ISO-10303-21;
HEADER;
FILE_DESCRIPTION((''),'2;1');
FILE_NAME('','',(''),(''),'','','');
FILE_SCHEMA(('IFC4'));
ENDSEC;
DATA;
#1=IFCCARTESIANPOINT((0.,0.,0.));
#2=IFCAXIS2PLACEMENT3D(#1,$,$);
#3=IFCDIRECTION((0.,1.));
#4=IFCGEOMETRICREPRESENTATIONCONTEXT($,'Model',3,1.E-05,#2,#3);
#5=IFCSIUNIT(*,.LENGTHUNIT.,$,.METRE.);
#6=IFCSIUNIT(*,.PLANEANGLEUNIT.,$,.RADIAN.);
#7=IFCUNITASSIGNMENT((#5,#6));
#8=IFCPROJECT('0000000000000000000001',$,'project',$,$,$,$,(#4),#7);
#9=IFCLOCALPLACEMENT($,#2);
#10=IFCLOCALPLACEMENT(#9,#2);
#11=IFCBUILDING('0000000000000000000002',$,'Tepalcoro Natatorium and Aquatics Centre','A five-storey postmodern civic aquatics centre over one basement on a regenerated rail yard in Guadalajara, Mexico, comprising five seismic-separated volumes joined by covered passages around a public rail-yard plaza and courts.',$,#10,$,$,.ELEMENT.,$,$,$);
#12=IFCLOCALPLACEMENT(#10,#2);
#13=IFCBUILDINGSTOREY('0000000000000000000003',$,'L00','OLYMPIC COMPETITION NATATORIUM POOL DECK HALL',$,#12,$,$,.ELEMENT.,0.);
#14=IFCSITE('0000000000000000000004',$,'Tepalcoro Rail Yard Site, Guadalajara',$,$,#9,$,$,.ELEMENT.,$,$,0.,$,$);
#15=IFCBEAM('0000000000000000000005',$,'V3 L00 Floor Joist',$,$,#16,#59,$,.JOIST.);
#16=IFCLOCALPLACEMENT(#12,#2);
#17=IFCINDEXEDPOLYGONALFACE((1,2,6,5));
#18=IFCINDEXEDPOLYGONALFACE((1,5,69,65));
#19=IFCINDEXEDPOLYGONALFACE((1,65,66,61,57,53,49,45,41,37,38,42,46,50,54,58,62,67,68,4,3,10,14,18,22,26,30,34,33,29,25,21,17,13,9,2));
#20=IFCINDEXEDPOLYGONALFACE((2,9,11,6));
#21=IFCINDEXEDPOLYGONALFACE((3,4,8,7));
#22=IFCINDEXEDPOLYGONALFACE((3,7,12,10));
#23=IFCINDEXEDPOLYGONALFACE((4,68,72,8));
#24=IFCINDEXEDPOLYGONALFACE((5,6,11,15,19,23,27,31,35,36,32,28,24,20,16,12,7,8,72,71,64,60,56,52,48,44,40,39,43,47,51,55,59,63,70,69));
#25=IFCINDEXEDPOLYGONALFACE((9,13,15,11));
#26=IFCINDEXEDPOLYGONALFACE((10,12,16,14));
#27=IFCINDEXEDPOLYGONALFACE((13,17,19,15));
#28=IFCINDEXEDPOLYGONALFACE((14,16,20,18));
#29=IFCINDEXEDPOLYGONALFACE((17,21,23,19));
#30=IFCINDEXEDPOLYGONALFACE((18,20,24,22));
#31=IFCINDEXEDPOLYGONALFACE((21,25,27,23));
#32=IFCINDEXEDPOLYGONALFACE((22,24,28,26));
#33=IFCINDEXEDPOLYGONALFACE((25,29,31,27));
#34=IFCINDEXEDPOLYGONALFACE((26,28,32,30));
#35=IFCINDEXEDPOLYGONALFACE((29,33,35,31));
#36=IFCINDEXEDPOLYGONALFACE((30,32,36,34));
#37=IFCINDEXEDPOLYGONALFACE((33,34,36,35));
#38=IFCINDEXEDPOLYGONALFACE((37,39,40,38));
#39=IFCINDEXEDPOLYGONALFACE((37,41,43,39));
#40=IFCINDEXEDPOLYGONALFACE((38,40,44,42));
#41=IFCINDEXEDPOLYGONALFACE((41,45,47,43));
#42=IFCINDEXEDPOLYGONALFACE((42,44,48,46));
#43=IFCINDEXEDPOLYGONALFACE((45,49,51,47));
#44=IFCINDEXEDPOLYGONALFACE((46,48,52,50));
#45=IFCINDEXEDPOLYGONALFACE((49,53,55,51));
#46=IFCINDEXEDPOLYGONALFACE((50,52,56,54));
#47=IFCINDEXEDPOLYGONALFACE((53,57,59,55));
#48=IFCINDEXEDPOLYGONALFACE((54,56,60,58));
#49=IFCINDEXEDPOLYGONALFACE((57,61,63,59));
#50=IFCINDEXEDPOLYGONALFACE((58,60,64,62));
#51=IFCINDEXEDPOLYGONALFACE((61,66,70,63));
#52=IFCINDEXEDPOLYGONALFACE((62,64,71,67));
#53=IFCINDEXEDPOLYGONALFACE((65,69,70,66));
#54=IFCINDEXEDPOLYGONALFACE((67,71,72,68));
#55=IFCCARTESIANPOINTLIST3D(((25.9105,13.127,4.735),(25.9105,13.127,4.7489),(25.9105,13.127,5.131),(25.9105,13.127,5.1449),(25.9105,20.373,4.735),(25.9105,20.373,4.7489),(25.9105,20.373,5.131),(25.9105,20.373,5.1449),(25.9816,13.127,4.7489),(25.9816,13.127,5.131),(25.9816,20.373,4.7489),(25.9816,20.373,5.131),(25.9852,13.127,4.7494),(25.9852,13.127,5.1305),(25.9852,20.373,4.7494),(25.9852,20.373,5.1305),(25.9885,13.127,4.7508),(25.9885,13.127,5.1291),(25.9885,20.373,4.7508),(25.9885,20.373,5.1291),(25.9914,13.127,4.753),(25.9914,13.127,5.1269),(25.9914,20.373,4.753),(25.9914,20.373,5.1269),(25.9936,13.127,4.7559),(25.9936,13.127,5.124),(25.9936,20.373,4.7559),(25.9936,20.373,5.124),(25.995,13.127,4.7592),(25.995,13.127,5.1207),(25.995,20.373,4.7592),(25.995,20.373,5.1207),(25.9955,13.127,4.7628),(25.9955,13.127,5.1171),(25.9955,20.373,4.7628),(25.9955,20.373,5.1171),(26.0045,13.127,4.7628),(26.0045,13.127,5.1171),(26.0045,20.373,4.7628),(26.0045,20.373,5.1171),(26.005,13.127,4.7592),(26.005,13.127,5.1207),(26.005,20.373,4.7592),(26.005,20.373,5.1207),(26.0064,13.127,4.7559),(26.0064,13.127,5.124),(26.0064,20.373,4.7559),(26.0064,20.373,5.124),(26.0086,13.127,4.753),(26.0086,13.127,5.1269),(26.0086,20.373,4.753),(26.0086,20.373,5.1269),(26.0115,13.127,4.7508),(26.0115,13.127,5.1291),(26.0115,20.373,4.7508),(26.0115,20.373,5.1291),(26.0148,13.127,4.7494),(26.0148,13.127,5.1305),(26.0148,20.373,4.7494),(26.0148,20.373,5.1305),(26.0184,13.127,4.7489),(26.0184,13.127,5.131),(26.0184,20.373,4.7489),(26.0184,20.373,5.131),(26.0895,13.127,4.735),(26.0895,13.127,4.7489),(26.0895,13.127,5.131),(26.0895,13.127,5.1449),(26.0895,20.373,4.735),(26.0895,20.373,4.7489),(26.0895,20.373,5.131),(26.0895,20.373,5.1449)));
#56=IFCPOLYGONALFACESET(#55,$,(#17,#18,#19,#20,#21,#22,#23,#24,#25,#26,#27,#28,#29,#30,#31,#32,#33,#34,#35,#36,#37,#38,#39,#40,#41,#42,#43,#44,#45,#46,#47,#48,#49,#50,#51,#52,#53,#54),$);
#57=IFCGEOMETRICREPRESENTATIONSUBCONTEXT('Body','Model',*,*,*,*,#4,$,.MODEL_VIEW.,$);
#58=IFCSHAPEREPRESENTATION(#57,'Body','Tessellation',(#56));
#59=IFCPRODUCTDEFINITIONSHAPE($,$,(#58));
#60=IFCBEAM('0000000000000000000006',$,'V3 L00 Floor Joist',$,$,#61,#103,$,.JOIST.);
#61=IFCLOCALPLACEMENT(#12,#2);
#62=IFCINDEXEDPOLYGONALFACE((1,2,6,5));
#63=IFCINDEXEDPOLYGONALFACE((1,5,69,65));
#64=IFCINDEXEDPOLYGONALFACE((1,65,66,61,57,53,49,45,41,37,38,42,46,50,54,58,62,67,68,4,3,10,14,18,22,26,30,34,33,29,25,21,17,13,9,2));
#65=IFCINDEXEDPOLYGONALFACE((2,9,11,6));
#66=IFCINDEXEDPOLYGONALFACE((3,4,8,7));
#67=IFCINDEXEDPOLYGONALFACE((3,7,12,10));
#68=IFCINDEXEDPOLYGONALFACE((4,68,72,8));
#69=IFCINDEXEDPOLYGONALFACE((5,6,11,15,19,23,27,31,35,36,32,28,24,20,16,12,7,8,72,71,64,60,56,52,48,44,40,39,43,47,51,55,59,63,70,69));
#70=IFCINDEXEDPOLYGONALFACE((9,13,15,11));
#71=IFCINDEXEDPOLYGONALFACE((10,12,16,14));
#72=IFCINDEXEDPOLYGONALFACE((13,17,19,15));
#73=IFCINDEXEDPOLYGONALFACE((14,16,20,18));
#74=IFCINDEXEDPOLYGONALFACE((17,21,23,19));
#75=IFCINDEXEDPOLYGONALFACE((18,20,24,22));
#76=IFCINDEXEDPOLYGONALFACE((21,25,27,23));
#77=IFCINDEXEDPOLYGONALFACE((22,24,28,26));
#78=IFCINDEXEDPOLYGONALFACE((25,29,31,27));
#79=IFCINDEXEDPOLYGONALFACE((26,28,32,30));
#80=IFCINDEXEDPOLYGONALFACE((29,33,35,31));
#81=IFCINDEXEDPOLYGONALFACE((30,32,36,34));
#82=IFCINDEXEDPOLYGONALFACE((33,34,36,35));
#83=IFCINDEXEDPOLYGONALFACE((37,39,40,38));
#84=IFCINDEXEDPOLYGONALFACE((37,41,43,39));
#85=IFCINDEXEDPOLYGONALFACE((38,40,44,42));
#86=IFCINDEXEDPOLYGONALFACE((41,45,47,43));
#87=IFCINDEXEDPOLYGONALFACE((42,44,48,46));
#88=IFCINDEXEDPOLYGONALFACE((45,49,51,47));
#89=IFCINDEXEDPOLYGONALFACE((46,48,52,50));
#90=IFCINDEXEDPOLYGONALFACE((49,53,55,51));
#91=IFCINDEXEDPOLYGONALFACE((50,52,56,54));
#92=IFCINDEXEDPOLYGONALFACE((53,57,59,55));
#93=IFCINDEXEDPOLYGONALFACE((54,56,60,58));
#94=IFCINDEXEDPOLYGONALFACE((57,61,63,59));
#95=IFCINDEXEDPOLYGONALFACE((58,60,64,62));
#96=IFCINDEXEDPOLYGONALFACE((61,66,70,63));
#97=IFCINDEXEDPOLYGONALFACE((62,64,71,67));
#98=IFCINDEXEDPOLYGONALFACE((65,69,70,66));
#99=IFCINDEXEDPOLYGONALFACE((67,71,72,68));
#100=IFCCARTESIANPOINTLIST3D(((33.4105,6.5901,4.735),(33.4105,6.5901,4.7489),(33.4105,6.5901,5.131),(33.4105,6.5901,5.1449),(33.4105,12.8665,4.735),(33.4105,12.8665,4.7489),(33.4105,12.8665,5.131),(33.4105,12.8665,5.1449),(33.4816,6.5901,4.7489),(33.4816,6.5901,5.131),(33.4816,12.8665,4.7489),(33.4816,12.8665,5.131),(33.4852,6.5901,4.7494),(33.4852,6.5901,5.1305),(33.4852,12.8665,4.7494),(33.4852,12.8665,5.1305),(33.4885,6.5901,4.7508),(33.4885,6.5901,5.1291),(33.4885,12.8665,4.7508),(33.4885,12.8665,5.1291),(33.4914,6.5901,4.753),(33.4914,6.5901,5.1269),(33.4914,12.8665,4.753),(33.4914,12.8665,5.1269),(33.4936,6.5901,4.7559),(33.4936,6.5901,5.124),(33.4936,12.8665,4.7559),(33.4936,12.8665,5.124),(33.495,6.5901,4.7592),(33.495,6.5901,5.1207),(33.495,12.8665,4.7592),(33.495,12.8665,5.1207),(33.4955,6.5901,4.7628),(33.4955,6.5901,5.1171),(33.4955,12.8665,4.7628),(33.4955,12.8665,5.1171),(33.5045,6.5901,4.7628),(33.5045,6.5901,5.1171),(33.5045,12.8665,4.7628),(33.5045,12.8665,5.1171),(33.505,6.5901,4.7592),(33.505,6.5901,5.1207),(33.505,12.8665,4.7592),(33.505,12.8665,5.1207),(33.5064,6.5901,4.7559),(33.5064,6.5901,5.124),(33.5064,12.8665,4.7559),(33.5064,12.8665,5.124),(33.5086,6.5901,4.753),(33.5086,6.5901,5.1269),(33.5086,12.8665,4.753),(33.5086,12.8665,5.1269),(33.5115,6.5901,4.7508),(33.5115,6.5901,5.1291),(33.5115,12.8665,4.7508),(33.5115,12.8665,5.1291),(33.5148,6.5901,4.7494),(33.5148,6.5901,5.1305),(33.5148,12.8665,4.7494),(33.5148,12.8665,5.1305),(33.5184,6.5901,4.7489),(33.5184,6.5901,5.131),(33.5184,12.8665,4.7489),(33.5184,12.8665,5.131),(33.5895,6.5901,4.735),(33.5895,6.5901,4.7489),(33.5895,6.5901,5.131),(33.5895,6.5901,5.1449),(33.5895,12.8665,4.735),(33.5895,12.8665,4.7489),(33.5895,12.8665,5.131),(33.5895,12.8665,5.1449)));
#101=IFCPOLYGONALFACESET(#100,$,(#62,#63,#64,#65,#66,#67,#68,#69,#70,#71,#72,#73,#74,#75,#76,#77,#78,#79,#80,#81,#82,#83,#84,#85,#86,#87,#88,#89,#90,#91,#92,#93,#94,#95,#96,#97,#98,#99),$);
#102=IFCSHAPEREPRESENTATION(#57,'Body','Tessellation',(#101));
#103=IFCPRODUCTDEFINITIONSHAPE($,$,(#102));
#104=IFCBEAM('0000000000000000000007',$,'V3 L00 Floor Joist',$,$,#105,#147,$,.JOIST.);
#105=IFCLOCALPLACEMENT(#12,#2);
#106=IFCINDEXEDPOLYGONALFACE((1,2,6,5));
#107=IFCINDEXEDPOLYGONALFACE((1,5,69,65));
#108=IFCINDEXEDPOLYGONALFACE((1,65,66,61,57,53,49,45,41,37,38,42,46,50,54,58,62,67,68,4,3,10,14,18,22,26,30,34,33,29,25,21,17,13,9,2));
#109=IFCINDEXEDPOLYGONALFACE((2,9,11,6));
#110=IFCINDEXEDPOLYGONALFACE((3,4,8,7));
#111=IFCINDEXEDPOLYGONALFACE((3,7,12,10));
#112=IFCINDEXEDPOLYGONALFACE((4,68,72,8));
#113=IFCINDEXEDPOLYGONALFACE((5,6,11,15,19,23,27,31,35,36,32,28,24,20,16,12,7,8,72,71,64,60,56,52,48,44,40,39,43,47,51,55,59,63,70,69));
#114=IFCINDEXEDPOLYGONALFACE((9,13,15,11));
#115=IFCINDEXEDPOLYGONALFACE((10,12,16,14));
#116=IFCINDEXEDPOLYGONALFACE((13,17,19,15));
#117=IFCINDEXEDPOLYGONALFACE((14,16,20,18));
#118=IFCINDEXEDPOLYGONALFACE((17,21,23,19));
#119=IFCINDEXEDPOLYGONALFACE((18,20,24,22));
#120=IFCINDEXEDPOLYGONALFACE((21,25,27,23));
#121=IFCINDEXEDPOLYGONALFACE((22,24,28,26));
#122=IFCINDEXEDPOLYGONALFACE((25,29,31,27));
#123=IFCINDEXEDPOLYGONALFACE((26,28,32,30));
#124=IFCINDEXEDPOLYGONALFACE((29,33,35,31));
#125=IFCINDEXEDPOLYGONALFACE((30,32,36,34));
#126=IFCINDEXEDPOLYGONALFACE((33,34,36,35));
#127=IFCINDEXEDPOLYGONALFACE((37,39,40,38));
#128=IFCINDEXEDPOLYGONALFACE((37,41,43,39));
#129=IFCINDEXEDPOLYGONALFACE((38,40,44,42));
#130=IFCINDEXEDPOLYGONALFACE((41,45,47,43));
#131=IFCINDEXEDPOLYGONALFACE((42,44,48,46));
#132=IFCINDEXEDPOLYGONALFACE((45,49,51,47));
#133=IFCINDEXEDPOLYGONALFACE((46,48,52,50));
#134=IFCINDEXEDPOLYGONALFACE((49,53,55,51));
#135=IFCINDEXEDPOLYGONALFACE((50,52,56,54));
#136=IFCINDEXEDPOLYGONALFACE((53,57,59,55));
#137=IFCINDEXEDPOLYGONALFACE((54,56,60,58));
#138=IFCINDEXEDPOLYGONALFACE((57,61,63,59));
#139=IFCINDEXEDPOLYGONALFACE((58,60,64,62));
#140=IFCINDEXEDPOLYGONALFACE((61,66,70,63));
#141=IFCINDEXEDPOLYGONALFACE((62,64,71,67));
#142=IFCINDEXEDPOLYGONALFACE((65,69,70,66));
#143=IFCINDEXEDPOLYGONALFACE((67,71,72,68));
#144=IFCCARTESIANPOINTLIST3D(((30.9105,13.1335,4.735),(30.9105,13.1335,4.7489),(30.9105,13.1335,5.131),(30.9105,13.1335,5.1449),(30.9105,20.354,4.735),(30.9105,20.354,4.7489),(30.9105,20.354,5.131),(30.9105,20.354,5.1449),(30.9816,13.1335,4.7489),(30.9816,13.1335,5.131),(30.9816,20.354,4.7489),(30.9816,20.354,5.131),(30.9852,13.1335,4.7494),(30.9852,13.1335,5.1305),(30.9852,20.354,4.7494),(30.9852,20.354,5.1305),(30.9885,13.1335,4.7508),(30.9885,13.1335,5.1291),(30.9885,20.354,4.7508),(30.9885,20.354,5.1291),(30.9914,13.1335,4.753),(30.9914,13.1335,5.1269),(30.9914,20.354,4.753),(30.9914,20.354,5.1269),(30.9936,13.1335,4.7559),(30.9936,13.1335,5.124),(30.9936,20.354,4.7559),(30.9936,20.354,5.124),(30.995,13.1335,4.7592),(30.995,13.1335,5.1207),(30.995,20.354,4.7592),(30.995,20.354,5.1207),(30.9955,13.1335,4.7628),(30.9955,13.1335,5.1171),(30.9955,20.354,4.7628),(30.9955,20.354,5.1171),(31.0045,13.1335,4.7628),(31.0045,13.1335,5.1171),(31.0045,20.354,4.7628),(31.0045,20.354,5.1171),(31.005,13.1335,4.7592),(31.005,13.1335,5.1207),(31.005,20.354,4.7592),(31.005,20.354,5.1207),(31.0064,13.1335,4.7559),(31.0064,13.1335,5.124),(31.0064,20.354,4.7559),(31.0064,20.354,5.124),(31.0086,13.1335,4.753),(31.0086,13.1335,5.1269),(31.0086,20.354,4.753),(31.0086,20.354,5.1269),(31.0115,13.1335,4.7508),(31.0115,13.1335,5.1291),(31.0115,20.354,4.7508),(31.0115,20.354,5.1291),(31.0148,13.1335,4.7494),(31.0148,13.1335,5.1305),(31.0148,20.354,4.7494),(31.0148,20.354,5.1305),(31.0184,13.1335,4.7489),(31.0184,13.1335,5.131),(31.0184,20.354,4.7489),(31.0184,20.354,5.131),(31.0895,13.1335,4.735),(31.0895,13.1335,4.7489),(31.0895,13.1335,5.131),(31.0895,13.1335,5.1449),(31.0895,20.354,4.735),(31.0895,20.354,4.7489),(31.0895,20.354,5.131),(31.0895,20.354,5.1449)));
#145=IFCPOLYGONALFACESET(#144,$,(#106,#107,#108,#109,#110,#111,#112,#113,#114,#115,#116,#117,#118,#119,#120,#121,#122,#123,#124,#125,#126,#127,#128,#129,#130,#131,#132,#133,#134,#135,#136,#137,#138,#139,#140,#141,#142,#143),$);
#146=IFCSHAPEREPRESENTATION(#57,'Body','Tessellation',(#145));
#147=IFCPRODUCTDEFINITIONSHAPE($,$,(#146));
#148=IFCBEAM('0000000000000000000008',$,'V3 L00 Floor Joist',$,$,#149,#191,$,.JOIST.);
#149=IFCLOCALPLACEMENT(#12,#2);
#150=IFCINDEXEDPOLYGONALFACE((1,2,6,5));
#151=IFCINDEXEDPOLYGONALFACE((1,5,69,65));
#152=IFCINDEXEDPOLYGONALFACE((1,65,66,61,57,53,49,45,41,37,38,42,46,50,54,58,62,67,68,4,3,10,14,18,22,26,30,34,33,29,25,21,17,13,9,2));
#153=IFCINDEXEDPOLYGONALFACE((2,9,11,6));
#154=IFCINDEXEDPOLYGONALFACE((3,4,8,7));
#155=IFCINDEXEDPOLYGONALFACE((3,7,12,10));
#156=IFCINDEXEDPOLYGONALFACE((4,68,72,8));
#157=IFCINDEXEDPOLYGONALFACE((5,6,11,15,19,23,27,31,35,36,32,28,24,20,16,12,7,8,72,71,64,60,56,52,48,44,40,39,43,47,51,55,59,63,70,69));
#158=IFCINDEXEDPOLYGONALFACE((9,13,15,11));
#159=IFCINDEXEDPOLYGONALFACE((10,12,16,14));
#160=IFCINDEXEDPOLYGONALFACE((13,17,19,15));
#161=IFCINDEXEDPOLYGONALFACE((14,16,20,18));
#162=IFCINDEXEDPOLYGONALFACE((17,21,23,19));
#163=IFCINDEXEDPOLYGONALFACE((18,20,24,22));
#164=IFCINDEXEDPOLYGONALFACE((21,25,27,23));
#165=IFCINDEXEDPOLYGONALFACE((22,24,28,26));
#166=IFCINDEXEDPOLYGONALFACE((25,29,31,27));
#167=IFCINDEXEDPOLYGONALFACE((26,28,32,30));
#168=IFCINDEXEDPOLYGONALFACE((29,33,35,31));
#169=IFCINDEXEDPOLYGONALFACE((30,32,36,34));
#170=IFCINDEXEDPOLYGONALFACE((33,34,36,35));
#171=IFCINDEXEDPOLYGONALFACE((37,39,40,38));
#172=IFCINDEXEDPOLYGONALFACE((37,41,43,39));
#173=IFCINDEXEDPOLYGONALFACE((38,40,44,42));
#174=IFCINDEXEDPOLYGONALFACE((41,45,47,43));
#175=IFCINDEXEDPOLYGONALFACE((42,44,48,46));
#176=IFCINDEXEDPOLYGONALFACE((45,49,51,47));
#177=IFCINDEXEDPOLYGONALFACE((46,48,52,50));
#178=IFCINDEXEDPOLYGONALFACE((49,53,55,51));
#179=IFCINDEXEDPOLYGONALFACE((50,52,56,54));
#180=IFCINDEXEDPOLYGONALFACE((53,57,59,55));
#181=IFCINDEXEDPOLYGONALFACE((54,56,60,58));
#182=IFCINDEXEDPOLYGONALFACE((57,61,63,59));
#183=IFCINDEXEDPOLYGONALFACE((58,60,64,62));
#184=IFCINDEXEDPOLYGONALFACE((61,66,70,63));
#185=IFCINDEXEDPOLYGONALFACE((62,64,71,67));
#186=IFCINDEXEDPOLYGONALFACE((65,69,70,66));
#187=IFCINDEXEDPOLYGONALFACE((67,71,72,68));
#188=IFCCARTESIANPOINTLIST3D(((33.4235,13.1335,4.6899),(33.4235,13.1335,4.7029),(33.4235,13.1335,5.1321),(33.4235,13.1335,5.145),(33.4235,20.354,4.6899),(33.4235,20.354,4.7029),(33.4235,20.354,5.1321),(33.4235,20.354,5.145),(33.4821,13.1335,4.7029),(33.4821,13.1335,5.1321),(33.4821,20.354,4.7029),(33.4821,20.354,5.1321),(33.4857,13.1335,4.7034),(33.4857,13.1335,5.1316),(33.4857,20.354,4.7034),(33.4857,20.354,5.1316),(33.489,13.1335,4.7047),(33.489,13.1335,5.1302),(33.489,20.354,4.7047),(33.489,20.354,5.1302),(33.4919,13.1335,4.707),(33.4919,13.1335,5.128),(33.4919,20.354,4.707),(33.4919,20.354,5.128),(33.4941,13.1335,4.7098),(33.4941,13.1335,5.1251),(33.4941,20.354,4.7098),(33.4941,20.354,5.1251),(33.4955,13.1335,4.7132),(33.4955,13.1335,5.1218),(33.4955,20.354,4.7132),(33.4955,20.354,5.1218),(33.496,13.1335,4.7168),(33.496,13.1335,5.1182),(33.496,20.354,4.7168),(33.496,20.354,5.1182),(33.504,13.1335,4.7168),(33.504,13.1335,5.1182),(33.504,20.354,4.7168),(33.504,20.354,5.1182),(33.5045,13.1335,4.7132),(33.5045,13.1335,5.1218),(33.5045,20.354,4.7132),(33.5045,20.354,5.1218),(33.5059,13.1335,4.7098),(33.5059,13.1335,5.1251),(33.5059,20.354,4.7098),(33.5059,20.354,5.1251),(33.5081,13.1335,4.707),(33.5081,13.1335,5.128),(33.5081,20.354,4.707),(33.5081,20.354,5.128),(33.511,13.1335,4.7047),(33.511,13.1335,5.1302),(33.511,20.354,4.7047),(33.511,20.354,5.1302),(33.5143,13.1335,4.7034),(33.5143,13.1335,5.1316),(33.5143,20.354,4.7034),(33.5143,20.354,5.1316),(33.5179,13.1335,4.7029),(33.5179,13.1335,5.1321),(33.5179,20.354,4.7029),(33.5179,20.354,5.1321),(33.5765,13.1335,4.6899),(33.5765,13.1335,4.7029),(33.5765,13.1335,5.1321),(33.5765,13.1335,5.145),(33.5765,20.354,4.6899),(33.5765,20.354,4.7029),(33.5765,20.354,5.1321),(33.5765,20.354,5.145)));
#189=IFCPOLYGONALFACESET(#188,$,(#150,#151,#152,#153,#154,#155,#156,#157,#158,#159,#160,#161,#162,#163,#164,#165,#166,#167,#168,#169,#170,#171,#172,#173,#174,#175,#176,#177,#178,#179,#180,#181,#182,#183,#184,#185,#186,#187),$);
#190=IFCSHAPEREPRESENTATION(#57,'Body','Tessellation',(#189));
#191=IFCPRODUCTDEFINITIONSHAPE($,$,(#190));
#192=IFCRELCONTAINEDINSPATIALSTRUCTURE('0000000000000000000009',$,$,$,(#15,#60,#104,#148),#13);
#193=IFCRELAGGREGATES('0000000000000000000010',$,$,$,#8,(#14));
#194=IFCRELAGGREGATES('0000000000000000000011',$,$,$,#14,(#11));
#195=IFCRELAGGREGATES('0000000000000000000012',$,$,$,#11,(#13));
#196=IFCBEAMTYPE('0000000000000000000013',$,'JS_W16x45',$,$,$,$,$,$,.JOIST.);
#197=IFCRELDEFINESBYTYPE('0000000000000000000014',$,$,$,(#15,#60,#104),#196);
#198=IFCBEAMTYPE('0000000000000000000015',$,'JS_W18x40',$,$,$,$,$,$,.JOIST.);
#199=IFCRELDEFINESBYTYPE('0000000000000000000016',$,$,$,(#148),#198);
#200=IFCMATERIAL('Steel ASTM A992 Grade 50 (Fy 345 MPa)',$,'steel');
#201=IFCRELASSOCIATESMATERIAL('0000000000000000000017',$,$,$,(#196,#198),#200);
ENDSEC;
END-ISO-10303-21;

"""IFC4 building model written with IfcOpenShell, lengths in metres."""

from ifc_helpers import new_model, si_unit, direction, frame, origin, origin_2d, place, context, subcontext, project, spatial, i_section, extrude, material, material_profile, profile_set, type_object, element, save


model = new_model("IFC4")

# Units and contexts
model_context = context("Model", 3, precision=1e-05, world=origin(), true_north=direction((0.0, 1.0)))
body_context = subcontext(model_context, "Body", "Model", "MODEL_VIEW")
ifc_project = project(units=[si_unit("LENGTHUNIT", "METRE"), si_unit("PLANEANGLEUNIT", "RADIAN")], contexts=[model_context])

# Site, building, storey
site_placement = place(None, origin())
site = spatial("IfcSite", under=ifc_project, at=site_placement, Name="Tepalcoro Rail Yard Site, Guadalajara", CompositionType="ELEMENT", RefElevation=0.0)
building_placement = place(site_placement, origin())
building = spatial("IfcBuilding", under=site, at=building_placement, Name="Tepalcoro Natatorium and Aquatics Centre", Description="A five-storey postmodern civic aquatics centre over one basement on a regenerated rail yard in Guadalajara, Mexico, comprising five seismic-separated volumes joined by covered passages around a public rail-yard plaza and courts.", CompositionType="ELEMENT")
storey_placement = place(building_placement, origin())
storey = spatial("IfcBuildingStorey", under=building, at=storey_placement, Name="L00", Description="OLYMPIC COMPETITION NATATORIUM POOL DECK HALL", CompositionType="ELEMENT", Elevation=0.0)

# Shared definitions
ifc_material_1 = material(Name="Steel ASTM A992 Grade 50 (Fy 345 MPa)", Category="steel")

# Beams
ifc_material_profile_1 = material_profile(ifc_material_1, i_section(OverallWidth=0.179, OverallDepth=0.4099, WebThickness=0.009, FlangeThickness=0.0139, FilletRadius=0.0139, at=origin_2d()), Name="W16X45")
ifc_profile_set_1 = profile_set([ifc_material_profile_1], Name="Steel ASTM A992 Grade 50 (Fy 345 MPa)")
beam_type_1 = type_object("IfcBeamType", Name="JS_W16x45", PredefinedType="JOIST", material=ifc_profile_set_1)
beam_1_placement = place(storey_placement, frame((26.0, 13.127, 4.9399), z_axis=(0.0, 1.0, 0.0), x_axis=(-1.0, 0.0, 0.0)))
element("IfcBeam", 1, at=beam_1_placement, inside=storey, type_object=beam_type_1, Name="V3 L00 Floor Joist", PredefinedType="JOIST", context=body_context, shape_type="SweptSolid", body=[
    extrude(i_section(OverallWidth=0.179, OverallDepth=0.4099, WebThickness=0.009, FlangeThickness=0.0139, FilletRadius=0.0139, at=origin_2d()), origin(), (0.0, 0.0, 1.0), 7.2461),
])
beam_2_placement = place(storey_placement, frame((33.5, 6.5901, 4.9399), z_axis=(0.0, 1.0, 0.0), x_axis=(-1.0, 0.0, 0.0)))
element("IfcBeam", 2, at=beam_2_placement, inside=storey, type_object=beam_type_1, Name="V3 L00 Floor Joist", PredefinedType="JOIST", context=body_context, shape_type="SweptSolid", body=[
    extrude(i_section(OverallWidth=0.179, OverallDepth=0.4099, WebThickness=0.009, FlangeThickness=0.0139, FilletRadius=0.0139, at=origin_2d()), origin(), (0.0, 0.0, 1.0), 6.2764),
])
beam_3_placement = place(storey_placement, frame((31.0, 13.1335, 4.9399), z_axis=(0.0, 1.0, 0.0), x_axis=(-1.0, 0.0, 0.0)))
element("IfcBeam", 3, at=beam_3_placement, inside=storey, type_object=beam_type_1, Name="V3 L00 Floor Joist", PredefinedType="JOIST", context=body_context, shape_type="SweptSolid", body=[
    extrude(i_section(OverallWidth=0.179, OverallDepth=0.4099, WebThickness=0.009, FlangeThickness=0.0139, FilletRadius=0.0139, at=origin_2d()), origin(), (0.0, 0.0, 1.0), 7.2205),
])
ifc_material_profile_2 = material_profile(ifc_material_1, i_section(OverallWidth=0.1531, OverallDepth=0.4551, WebThickness=0.0081, FlangeThickness=0.0129, FilletRadius=0.0139, at=origin_2d()), Name="W18X40")
ifc_profile_set_2 = profile_set([ifc_material_profile_2], Name="Steel ASTM A992 Grade 50 (Fy 345 MPa)")
beam_type_2 = type_object("IfcBeamType", Name="JS_W18x40", PredefinedType="JOIST", material=ifc_profile_set_2)
beam_4_placement = place(storey_placement, frame((33.5, 13.1335, 4.9175), z_axis=(0.0, 1.0, 0.0), x_axis=(-1.0, 0.0, 0.0)))
element("IfcBeam", 4, at=beam_4_placement, inside=storey, type_object=beam_type_2, Name="V3 L00 Floor Joist", PredefinedType="JOIST", context=body_context, shape_type="SweptSolid", body=[
    extrude(i_section(OverallWidth=0.1531, OverallDepth=0.4551, WebThickness=0.0081, FlangeThickness=0.0129, FilletRadius=0.0139, at=origin_2d()), origin(), (0.0, 0.0, 1.0), 7.2205),
])

save(model, "model.ifc")
